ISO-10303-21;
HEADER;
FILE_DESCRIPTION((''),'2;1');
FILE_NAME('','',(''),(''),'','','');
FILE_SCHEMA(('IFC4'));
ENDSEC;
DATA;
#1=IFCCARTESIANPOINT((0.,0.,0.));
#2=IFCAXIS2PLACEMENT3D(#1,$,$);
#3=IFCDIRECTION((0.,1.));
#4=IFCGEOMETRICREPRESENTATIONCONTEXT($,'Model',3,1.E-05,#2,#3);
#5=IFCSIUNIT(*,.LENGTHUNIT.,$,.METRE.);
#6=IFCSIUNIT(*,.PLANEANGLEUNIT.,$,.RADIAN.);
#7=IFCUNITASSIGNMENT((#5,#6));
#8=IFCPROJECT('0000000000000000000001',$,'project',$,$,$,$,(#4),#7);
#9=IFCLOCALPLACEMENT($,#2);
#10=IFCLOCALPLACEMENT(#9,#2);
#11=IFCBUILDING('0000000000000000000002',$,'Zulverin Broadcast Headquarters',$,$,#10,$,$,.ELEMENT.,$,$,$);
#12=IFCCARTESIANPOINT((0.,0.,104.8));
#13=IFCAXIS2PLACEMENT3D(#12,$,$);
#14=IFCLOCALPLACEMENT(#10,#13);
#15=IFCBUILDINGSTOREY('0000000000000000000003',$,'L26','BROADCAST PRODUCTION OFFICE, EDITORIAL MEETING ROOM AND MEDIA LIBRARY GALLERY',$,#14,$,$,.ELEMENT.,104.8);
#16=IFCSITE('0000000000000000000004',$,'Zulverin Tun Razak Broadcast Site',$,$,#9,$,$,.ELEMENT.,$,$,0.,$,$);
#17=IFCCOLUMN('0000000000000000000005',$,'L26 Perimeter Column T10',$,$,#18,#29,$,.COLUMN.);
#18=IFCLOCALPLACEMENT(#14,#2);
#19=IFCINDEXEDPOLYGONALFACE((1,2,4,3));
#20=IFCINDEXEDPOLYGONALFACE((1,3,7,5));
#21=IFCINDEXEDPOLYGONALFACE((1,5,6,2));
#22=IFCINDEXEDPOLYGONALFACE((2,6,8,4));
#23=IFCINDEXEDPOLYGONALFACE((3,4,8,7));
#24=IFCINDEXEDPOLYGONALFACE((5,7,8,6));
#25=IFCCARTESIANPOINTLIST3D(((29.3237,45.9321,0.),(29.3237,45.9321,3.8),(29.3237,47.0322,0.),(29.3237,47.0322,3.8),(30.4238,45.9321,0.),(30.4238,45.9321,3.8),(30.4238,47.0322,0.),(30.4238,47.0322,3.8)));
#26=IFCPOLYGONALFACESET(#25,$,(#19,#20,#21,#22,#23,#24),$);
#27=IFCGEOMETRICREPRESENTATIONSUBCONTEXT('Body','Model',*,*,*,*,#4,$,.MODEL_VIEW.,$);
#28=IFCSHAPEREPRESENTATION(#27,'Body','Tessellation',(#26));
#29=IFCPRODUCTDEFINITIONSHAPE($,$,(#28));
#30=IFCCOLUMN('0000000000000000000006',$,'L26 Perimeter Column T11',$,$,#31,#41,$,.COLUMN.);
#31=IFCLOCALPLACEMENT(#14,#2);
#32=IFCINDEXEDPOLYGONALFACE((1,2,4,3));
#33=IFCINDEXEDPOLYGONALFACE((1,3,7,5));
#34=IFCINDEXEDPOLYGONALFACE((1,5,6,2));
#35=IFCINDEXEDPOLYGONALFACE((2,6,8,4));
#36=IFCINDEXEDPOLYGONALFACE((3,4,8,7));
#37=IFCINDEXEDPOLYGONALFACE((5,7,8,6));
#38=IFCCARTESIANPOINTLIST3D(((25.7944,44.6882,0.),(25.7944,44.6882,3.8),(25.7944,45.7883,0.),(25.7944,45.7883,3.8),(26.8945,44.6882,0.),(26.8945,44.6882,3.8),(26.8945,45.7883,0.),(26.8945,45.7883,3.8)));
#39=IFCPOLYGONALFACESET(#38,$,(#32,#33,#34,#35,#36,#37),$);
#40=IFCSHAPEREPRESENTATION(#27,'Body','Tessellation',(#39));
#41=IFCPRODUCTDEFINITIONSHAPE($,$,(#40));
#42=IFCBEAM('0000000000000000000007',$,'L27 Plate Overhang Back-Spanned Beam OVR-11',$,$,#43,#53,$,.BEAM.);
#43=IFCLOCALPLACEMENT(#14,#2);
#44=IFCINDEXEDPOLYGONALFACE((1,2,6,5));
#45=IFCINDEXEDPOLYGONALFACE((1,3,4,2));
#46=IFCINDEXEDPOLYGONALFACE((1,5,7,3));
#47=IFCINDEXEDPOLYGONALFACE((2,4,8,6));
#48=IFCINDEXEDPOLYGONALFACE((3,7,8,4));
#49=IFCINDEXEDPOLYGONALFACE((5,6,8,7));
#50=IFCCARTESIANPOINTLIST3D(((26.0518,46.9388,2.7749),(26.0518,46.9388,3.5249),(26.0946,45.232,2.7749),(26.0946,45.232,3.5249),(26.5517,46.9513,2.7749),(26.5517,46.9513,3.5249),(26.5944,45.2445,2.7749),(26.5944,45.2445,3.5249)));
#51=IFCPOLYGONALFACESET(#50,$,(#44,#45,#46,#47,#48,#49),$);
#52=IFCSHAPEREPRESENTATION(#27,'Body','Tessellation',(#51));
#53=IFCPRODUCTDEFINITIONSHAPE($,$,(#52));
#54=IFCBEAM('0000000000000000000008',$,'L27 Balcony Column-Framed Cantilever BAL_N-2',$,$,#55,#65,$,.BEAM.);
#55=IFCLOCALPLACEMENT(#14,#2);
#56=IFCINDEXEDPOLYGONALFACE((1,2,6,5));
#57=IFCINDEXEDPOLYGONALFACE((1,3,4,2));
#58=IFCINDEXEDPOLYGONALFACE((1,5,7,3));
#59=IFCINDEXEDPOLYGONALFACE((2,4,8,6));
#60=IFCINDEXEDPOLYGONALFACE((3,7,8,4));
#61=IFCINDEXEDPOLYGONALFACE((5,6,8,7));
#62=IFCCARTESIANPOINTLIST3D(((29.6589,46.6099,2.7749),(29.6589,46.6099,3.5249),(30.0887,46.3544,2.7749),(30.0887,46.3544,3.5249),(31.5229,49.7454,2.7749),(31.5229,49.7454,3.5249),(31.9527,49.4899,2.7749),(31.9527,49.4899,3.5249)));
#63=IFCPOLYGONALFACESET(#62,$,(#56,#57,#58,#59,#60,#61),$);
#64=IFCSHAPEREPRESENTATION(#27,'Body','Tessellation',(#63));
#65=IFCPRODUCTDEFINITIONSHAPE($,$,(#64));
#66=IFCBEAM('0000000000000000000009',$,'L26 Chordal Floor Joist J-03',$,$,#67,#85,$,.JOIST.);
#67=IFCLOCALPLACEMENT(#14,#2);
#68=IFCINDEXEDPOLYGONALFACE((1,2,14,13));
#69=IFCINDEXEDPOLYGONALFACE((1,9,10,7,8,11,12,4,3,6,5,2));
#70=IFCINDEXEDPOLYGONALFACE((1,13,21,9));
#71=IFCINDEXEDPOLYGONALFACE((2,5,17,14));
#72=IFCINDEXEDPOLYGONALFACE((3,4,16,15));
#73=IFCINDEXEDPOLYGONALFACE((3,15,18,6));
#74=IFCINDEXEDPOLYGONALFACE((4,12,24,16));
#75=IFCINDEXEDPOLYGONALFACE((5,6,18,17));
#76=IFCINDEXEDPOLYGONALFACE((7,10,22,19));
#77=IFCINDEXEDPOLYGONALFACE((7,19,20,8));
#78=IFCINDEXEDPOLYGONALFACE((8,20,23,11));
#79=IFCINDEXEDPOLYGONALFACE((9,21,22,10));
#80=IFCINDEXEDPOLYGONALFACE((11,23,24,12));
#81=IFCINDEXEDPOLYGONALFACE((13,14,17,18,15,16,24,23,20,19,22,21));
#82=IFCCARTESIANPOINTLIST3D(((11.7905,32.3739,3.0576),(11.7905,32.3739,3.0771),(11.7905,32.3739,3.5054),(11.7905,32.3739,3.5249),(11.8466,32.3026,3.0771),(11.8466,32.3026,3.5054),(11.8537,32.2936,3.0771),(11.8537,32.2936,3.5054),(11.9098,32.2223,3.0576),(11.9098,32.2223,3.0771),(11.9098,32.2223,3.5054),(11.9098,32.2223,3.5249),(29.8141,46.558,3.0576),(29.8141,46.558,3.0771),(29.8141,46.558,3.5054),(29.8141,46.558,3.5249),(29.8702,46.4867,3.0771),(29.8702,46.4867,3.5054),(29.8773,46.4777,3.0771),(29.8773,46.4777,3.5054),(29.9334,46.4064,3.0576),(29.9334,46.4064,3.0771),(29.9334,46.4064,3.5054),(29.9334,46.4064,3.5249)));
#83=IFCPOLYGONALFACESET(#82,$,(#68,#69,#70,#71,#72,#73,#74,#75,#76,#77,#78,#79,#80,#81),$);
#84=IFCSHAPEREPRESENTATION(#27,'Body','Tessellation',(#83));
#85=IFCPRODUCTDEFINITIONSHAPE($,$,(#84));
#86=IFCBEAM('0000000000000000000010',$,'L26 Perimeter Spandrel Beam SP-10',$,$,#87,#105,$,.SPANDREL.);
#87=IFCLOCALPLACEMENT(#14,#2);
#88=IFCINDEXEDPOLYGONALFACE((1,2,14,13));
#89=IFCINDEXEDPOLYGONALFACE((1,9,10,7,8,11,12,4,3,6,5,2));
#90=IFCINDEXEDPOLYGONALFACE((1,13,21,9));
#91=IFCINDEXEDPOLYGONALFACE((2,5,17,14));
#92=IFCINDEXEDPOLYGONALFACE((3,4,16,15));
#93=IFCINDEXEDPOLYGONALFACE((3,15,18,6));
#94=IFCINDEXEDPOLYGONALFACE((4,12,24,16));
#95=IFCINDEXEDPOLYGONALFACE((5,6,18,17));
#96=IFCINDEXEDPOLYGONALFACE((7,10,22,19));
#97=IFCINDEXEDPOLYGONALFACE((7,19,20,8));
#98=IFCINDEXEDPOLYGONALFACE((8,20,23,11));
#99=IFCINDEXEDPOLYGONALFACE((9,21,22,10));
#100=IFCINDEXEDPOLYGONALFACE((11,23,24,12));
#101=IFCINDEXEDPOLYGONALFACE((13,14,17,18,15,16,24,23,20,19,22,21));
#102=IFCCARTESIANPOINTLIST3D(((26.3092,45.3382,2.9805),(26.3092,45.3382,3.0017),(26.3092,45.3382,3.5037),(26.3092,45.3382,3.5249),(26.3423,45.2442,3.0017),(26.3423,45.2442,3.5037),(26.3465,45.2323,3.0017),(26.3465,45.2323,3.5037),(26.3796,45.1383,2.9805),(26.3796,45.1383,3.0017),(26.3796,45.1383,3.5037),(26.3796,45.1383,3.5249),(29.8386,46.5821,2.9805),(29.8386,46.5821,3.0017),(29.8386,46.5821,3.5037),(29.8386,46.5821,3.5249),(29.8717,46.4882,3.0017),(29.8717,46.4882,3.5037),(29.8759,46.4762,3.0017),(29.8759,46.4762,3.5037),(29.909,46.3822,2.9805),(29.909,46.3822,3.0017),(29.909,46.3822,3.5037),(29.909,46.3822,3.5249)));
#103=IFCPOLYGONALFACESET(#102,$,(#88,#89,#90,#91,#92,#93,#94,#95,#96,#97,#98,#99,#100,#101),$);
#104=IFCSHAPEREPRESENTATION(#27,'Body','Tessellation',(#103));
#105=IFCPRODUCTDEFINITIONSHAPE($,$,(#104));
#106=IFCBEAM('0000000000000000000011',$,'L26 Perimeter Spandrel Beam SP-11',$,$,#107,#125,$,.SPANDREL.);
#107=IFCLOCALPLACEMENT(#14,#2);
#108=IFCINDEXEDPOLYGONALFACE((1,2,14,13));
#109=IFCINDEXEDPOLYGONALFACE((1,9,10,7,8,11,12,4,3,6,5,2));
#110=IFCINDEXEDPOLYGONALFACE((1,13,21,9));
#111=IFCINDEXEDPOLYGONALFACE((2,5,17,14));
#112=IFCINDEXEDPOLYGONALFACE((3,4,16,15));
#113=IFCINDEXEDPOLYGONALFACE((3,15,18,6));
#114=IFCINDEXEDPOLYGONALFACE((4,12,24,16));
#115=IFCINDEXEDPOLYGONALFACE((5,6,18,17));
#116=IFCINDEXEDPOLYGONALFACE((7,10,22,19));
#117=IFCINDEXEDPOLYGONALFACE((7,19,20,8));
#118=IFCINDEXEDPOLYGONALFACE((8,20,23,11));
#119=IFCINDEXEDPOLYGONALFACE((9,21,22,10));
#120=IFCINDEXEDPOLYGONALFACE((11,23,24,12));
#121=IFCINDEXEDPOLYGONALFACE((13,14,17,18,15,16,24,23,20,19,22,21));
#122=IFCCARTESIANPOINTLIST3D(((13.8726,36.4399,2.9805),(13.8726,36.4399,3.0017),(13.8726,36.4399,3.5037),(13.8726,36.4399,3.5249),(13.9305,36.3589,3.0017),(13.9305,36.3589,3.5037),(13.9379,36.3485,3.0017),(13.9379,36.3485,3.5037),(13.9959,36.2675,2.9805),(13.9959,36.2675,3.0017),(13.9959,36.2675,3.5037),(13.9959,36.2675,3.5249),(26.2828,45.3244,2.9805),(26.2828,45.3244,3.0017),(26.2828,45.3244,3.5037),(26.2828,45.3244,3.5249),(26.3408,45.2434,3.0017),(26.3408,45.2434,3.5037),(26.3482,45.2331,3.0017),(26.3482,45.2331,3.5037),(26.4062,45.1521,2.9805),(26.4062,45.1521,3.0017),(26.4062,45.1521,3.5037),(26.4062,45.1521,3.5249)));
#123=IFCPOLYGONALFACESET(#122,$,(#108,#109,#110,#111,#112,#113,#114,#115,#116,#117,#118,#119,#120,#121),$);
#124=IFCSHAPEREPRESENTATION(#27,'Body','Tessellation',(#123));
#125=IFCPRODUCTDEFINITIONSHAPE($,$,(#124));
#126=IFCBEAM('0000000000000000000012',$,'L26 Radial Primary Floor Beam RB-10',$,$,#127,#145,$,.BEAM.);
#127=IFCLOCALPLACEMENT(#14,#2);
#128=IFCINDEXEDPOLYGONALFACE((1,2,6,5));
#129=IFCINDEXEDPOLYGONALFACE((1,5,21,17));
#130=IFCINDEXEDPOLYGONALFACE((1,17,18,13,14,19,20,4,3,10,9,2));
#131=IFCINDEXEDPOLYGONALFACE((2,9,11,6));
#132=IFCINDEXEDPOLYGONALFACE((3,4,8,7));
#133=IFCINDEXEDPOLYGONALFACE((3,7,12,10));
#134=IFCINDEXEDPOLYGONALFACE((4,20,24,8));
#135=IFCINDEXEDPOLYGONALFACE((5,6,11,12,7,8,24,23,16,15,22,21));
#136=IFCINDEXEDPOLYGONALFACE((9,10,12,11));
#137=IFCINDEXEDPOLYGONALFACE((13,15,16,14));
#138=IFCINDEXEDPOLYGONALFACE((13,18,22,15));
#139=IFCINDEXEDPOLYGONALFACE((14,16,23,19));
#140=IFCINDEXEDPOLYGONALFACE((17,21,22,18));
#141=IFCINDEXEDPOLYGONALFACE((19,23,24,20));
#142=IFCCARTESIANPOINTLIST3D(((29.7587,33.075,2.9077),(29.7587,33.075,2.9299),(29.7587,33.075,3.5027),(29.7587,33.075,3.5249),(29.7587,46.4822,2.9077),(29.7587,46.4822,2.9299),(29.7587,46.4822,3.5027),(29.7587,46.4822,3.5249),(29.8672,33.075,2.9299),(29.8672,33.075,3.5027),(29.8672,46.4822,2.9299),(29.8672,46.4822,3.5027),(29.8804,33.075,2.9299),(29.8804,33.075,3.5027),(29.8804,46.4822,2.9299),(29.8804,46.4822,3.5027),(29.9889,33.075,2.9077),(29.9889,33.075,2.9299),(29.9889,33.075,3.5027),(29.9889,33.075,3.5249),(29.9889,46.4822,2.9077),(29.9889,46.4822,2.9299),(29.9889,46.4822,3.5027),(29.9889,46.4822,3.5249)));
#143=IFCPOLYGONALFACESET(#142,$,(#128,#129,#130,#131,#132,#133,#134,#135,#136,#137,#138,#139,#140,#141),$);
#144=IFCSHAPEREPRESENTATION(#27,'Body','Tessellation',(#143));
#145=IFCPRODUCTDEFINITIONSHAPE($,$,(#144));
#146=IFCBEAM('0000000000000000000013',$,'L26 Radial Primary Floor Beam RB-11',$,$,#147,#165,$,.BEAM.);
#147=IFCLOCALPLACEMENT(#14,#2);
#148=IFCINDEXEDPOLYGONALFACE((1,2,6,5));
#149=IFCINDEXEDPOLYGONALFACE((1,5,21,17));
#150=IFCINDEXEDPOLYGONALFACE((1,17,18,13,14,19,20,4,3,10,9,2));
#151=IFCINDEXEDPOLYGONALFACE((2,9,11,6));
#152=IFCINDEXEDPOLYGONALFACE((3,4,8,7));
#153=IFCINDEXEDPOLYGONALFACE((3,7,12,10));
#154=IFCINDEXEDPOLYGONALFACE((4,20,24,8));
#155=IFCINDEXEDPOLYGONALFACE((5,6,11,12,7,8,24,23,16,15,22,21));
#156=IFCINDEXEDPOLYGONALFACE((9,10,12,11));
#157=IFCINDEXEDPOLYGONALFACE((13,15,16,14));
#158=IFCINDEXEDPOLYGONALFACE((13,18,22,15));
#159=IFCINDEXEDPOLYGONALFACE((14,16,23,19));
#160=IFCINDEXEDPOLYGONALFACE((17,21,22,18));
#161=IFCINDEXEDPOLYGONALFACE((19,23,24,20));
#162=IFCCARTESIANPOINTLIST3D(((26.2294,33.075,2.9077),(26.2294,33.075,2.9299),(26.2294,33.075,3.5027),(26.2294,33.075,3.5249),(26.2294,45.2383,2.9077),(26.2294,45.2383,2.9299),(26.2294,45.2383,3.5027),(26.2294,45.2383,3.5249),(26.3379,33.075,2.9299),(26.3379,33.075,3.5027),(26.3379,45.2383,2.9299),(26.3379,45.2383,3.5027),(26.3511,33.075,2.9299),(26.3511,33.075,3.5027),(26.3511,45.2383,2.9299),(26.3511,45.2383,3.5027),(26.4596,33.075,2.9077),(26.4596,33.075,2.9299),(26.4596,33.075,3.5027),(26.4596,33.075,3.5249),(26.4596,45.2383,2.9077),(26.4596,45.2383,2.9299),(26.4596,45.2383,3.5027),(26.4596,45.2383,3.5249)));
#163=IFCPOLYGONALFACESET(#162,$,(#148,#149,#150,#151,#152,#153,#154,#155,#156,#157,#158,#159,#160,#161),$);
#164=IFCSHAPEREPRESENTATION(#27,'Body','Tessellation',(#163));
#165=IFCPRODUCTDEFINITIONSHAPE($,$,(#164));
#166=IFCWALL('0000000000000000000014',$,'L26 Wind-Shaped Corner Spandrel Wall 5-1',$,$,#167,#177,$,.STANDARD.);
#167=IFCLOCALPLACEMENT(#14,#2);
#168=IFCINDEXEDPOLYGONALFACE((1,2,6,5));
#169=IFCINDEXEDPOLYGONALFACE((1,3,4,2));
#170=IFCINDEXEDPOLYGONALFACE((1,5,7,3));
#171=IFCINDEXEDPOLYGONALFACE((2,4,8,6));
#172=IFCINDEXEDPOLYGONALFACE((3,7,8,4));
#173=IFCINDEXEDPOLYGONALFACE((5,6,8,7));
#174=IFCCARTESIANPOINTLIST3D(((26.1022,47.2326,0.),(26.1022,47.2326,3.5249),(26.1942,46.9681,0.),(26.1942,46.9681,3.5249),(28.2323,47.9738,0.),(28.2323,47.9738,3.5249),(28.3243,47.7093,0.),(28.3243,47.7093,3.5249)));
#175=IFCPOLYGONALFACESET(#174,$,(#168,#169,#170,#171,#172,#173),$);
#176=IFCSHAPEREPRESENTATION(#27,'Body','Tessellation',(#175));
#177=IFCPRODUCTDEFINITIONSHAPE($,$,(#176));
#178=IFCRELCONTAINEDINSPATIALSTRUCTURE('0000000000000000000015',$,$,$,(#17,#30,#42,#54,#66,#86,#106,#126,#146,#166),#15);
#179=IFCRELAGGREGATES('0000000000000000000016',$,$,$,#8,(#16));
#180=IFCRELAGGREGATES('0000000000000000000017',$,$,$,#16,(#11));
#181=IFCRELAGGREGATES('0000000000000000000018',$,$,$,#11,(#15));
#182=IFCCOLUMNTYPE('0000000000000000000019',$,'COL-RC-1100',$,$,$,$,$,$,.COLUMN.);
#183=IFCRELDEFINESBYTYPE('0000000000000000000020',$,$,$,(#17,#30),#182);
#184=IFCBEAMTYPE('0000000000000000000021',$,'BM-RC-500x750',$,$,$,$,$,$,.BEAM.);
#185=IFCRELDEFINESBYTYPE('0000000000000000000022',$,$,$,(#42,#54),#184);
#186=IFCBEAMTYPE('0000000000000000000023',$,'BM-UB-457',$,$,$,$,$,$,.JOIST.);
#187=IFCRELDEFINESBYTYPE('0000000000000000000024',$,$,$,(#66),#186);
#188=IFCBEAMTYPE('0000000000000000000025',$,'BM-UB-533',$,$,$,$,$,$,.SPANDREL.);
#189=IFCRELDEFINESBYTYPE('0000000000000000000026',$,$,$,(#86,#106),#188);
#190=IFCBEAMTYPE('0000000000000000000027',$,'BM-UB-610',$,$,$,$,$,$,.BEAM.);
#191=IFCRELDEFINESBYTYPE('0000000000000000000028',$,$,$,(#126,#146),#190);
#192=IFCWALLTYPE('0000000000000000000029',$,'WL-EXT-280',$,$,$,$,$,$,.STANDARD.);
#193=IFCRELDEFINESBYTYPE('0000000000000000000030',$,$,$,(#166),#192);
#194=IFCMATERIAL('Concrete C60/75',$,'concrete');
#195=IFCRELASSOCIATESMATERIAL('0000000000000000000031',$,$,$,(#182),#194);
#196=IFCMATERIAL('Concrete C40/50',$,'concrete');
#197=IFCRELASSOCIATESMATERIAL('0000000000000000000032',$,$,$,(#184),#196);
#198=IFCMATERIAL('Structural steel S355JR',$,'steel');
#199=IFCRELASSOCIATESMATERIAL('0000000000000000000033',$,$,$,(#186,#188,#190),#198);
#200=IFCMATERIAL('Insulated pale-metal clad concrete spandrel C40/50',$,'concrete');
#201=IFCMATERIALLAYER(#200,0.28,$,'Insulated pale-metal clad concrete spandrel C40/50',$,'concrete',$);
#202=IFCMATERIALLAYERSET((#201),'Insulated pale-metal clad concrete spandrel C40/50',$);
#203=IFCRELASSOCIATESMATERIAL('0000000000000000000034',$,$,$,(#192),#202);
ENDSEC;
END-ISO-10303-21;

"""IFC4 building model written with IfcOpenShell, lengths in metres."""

from ifc_helpers import new_model, si_unit, direction, frame, frame_2d, origin, origin_2d, place, context, subcontext, project, spatial, rectangle, i_section, extrude, material, layer, layer_set, material_profile, profile_set, type_object, element, save


model = new_model("IFC4")

# Units and contexts
model_context = context("Model", 3, precision=1e-05, world=origin(), true_north=direction((0.0, 1.0)))
body_context = subcontext(model_context, "Body", "Model", "MODEL_VIEW")
ifc_project = project(units=[si_unit("LENGTHUNIT", "METRE"), si_unit("PLANEANGLEUNIT", "RADIAN")], contexts=[model_context])

# Site, building, storey
site_placement = place(None, origin())
site = spatial("IfcSite", under=ifc_project, at=site_placement, Name="Zulverin Tun Razak Broadcast Site", CompositionType="ELEMENT", RefElevation=0.0)
building_placement = place(site_placement, origin())
building = spatial("IfcBuilding", under=site, at=building_placement, Name="Zulverin Broadcast Headquarters", CompositionType="ELEMENT")
storey_placement = place(building_placement, frame((0.0, 0.0, 104.8)))
storey = spatial("IfcBuildingStorey", under=building, at=storey_placement, Name="L26", Description="BROADCAST PRODUCTION OFFICE, EDITORIAL MEETING ROOM AND MEDIA LIBRARY GALLERY", CompositionType="ELEMENT", Elevation=104.8)

# Columns
ifc_material_1 = material(Name="Concrete C60/75", Category="concrete")
ifc_material_profile_1 = material_profile(ifc_material_1, rectangle(XDim=1.1001, YDim=1.1001, at=origin_2d()), Name="Concrete C60/75", Category="concrete")
ifc_profile_set_1 = profile_set([ifc_material_profile_1], Name="Concrete C60/75")
column_type = type_object("IfcColumnType", Name="COL-RC-1100", PredefinedType="COLUMN", material=ifc_profile_set_1)
for number, where, z_axis, x_axis, name in (
    (1, (29.8738, 46.4822, 0.0), (0.0, 0.0, 1.0), (1.0, 0.0, 0.0), "L26 Perimeter Column T10"),
    (2, (26.3445, 45.2383, 0.0), (0.0, 0.0, 1.0), (1.0, 0.0, 0.0), "L26 Perimeter Column T11"),
):
    element("IfcColumn", number, at=place(storey_placement, frame(where, z_axis=z_axis, x_axis=x_axis)), inside=storey, type_object=column_type, Name=name, PredefinedType="COLUMN", context=body_context, shape_type="SweptSolid", body=[
        extrude(rectangle(XDim=1.1001, YDim=1.1001, at=origin_2d()), origin(), (0.0, 0.0, 1.0), 3.8),
    ])

# Beams
ifc_material_2 = material(Name="Concrete C40/50", Category="concrete")
ifc_material_profile_2 = material_profile(ifc_material_2, rectangle(XDim=0.5, YDim=0.75, at=origin_2d()), Name="Concrete C40/50", Category="concrete")
ifc_profile_set_2 = profile_set([ifc_material_profile_2], Name="Concrete C40/50")
beam_type_1 = type_object("IfcBeamType", Name="BM-RC-500x750", PredefinedType="BEAM", material=ifc_profile_set_2)
beam_1_placement = place(storey_placement, frame((26.3445, 45.2383, 3.1499), z_axis=(-0.025024, 0.999687, 0.0), x_axis=(-0.999687, -0.025024, 0.0)))
element("IfcBeam", 3, at=beam_1_placement, inside=storey, type_object=beam_type_1, Name="L27 Plate Overhang Back-Spanned Beam OVR-11", PredefinedType="BEAM", context=body_context, shape_type="SweptSolid", body=[
    extrude(rectangle(XDim=0.5, YDim=0.75, at=origin_2d()), origin(), (0.0, 0.0, 1.0), 1.7073),
])
beam_2_placement = place(storey_placement, frame((29.8738, 46.4822, 3.1499), z_axis=(0.511007, 0.859576, 0.0), x_axis=(-0.859576, 0.511007, 0.0)))
element("IfcBeam", 4, at=beam_2_placement, inside=storey, type_object=beam_type_1, Name="L27 Balcony Column-Framed Cantilever BAL_N-2", PredefinedType="BEAM", context=body_context, shape_type="SweptSolid", body=[
    extrude(rectangle(XDim=0.5, YDim=0.75, at=origin_2d()), origin(), (0.0, 0.0, 1.0), 3.6477),
])
ifc_material_3 = material(Name="Structural steel S355JR", Category="steel")
ifc_material_profile_3 = material_profile(ifc_material_3, i_section(OverallWidth=0.1929, OverallDepth=0.4673, WebThickness=0.0115, FlangeThickness=0.0195, at=origin_2d()), Name="Structural steel S355JR", Category="steel")
ifc_profile_set_3 = profile_set([ifc_material_profile_3], Name="Structural steel S355JR")
beam_type_2 = type_object("IfcBeamType", Name="BM-UB-457", PredefinedType="JOIST", material=ifc_profile_set_3)
beam_3_placement = place(storey_placement, frame((29.8738, 46.4822, 3.2913), z_axis=(-0.785839, -0.618431, 0.0), x_axis=(0.618431, -0.785839, 0.0)))
element("IfcBeam", 5, at=beam_3_placement, inside=storey, type_object=beam_type_2, Name="L26 Chordal Floor Joist J-03", PredefinedType="JOIST", context=body_context, shape_type="SweptSolid", body=[
    extrude(i_section(OverallWidth=0.1929, OverallDepth=0.4673, WebThickness=0.0115, FlangeThickness=0.0195, at=origin_2d()), origin(), (0.0, 0.0, 1.0), 22.9355),
])
ifc_material_profile_4 = material_profile(ifc_material_3, i_section(OverallWidth=0.2119, OverallDepth=0.5444, WebThickness=0.0127, FlangeThickness=0.0212, at=origin_2d()), Name="Structural steel S355JR", Category="steel")
ifc_profile_set_4 = profile_set([ifc_material_profile_4], Name="Structural steel S355JR")
beam_type_3 = type_object("IfcBeamType", Name="BM-UB-533", PredefinedType="SPANDREL", material=ifc_profile_set_4)
beam_4_placement = place(storey_placement, frame((29.8738, 46.4822, 3.2527), z_axis=(-0.943136, -0.332407, 0.0), x_axis=(0.332407, -0.943136, 0.0)))
element("IfcBeam", 6, at=beam_4_placement, inside=storey, type_object=beam_type_3, Name="L26 Perimeter Spandrel Beam SP-10", PredefinedType="SPANDREL", context=body_context, shape_type="SweptSolid", body=[
    extrude(i_section(OverallWidth=0.2119, OverallDepth=0.5444, WebThickness=0.0127, FlangeThickness=0.0212, at=origin_2d()), origin(), (0.0, 0.0, 1.0), 3.7422),
])
beam_5_placement = place(storey_placement, frame((26.3445, 45.2383, 3.2527), z_axis=(-0.813109, -0.582111, 0.0), x_axis=(0.582111, -0.813109, 0.0)))
element("IfcBeam", 7, at=beam_5_placement, inside=storey, type_object=beam_type_3, Name="L26 Perimeter Spandrel Beam SP-11", PredefinedType="SPANDREL", context=body_context, shape_type="SweptSolid", body=[
    extrude(i_section(OverallWidth=0.2119, OverallDepth=0.5444, WebThickness=0.0127, FlangeThickness=0.0212, at=origin_2d()), origin(), (0.0, 0.0, 1.0), 15.2627),
])
ifc_material_profile_5 = material_profile(ifc_material_3, i_section(OverallWidth=0.2302, OverallDepth=0.6172, WebThickness=0.0132, FlangeThickness=0.0222, at=origin_2d()), Name="Structural steel S355JR", Category="steel")
ifc_profile_set_5 = profile_set([ifc_material_profile_5], Name="Structural steel S355JR")
beam_type_4 = type_object("IfcBeamType", Name="BM-UB-610", PredefinedType="BEAM", material=ifc_profile_set_5)
beam_6_placement = place(storey_placement, frame((29.8738, 33.075, 3.2163), z_axis=(0.0, 1.0, 0.0), x_axis=(-1.0, 0.0, 0.0)))
element("IfcBeam", 8, at=beam_6_placement, inside=storey, type_object=beam_type_4, Name="L26 Radial Primary Floor Beam RB-10", PredefinedType="BEAM", context=body_context, shape_type="SweptSolid", body=[
    extrude(i_section(OverallWidth=0.2302, OverallDepth=0.6172, WebThickness=0.0132, FlangeThickness=0.0222, at=origin_2d()), origin(), (0.0, 0.0, 1.0), 13.4072),
])
beam_7_placement = place(storey_placement, frame((26.3445, 33.075, 3.2163), z_axis=(0.0, 1.0, 0.0), x_axis=(-1.0, 0.0, 0.0)))
element("IfcBeam", 9, at=beam_7_placement, inside=storey, type_object=beam_type_4, Name="L26 Radial Primary Floor Beam RB-11", PredefinedType="BEAM", context=body_context, shape_type="SweptSolid", body=[
    extrude(i_section(OverallWidth=0.2302, OverallDepth=0.6172, WebThickness=0.0132, FlangeThickness=0.0222, at=origin_2d()), origin(), (0.0, 0.0, 1.0), 12.1633),
])

# Wall
ifc_material_4 = material(Name="Insulated pale-metal clad concrete spandrel C40/50", Category="concrete")
ifc_layer_1 = layer(ifc_material_4, 0.28, Name="Insulated pale-metal clad concrete spandrel C40/50", Category="concrete")
ifc_layer_set_1 = layer_set([ifc_layer_1], Name="Insulated pale-metal clad concrete spandrel C40/50")
wall_type_1 = type_object("IfcWallType", Name="WL-EXT-280", PredefinedType="STANDARD", material=ifc_layer_set_1)
wall_1_placement = place(storey_placement, frame((28.2783, 47.8416, 0.0), z_axis=(0.0, 0.0, 1.0), x_axis=(-0.944456, -0.328638, 0.0)))
element("IfcWall", 10, at=wall_1_placement, inside=storey, type_object=wall_type_1, Name="L26 Wind-Shaped Corner Spandrel Wall 5-1", PredefinedType="STANDARD", context=body_context, shape_type="SweptSolid", body=[
    extrude(rectangle(XDim=2.2554, YDim=0.28, at=frame_2d((1.1277, 0.0))), origin(), (0.0, 0.0, 1.0), 3.5249),
])

save(model, "model.ifc")
